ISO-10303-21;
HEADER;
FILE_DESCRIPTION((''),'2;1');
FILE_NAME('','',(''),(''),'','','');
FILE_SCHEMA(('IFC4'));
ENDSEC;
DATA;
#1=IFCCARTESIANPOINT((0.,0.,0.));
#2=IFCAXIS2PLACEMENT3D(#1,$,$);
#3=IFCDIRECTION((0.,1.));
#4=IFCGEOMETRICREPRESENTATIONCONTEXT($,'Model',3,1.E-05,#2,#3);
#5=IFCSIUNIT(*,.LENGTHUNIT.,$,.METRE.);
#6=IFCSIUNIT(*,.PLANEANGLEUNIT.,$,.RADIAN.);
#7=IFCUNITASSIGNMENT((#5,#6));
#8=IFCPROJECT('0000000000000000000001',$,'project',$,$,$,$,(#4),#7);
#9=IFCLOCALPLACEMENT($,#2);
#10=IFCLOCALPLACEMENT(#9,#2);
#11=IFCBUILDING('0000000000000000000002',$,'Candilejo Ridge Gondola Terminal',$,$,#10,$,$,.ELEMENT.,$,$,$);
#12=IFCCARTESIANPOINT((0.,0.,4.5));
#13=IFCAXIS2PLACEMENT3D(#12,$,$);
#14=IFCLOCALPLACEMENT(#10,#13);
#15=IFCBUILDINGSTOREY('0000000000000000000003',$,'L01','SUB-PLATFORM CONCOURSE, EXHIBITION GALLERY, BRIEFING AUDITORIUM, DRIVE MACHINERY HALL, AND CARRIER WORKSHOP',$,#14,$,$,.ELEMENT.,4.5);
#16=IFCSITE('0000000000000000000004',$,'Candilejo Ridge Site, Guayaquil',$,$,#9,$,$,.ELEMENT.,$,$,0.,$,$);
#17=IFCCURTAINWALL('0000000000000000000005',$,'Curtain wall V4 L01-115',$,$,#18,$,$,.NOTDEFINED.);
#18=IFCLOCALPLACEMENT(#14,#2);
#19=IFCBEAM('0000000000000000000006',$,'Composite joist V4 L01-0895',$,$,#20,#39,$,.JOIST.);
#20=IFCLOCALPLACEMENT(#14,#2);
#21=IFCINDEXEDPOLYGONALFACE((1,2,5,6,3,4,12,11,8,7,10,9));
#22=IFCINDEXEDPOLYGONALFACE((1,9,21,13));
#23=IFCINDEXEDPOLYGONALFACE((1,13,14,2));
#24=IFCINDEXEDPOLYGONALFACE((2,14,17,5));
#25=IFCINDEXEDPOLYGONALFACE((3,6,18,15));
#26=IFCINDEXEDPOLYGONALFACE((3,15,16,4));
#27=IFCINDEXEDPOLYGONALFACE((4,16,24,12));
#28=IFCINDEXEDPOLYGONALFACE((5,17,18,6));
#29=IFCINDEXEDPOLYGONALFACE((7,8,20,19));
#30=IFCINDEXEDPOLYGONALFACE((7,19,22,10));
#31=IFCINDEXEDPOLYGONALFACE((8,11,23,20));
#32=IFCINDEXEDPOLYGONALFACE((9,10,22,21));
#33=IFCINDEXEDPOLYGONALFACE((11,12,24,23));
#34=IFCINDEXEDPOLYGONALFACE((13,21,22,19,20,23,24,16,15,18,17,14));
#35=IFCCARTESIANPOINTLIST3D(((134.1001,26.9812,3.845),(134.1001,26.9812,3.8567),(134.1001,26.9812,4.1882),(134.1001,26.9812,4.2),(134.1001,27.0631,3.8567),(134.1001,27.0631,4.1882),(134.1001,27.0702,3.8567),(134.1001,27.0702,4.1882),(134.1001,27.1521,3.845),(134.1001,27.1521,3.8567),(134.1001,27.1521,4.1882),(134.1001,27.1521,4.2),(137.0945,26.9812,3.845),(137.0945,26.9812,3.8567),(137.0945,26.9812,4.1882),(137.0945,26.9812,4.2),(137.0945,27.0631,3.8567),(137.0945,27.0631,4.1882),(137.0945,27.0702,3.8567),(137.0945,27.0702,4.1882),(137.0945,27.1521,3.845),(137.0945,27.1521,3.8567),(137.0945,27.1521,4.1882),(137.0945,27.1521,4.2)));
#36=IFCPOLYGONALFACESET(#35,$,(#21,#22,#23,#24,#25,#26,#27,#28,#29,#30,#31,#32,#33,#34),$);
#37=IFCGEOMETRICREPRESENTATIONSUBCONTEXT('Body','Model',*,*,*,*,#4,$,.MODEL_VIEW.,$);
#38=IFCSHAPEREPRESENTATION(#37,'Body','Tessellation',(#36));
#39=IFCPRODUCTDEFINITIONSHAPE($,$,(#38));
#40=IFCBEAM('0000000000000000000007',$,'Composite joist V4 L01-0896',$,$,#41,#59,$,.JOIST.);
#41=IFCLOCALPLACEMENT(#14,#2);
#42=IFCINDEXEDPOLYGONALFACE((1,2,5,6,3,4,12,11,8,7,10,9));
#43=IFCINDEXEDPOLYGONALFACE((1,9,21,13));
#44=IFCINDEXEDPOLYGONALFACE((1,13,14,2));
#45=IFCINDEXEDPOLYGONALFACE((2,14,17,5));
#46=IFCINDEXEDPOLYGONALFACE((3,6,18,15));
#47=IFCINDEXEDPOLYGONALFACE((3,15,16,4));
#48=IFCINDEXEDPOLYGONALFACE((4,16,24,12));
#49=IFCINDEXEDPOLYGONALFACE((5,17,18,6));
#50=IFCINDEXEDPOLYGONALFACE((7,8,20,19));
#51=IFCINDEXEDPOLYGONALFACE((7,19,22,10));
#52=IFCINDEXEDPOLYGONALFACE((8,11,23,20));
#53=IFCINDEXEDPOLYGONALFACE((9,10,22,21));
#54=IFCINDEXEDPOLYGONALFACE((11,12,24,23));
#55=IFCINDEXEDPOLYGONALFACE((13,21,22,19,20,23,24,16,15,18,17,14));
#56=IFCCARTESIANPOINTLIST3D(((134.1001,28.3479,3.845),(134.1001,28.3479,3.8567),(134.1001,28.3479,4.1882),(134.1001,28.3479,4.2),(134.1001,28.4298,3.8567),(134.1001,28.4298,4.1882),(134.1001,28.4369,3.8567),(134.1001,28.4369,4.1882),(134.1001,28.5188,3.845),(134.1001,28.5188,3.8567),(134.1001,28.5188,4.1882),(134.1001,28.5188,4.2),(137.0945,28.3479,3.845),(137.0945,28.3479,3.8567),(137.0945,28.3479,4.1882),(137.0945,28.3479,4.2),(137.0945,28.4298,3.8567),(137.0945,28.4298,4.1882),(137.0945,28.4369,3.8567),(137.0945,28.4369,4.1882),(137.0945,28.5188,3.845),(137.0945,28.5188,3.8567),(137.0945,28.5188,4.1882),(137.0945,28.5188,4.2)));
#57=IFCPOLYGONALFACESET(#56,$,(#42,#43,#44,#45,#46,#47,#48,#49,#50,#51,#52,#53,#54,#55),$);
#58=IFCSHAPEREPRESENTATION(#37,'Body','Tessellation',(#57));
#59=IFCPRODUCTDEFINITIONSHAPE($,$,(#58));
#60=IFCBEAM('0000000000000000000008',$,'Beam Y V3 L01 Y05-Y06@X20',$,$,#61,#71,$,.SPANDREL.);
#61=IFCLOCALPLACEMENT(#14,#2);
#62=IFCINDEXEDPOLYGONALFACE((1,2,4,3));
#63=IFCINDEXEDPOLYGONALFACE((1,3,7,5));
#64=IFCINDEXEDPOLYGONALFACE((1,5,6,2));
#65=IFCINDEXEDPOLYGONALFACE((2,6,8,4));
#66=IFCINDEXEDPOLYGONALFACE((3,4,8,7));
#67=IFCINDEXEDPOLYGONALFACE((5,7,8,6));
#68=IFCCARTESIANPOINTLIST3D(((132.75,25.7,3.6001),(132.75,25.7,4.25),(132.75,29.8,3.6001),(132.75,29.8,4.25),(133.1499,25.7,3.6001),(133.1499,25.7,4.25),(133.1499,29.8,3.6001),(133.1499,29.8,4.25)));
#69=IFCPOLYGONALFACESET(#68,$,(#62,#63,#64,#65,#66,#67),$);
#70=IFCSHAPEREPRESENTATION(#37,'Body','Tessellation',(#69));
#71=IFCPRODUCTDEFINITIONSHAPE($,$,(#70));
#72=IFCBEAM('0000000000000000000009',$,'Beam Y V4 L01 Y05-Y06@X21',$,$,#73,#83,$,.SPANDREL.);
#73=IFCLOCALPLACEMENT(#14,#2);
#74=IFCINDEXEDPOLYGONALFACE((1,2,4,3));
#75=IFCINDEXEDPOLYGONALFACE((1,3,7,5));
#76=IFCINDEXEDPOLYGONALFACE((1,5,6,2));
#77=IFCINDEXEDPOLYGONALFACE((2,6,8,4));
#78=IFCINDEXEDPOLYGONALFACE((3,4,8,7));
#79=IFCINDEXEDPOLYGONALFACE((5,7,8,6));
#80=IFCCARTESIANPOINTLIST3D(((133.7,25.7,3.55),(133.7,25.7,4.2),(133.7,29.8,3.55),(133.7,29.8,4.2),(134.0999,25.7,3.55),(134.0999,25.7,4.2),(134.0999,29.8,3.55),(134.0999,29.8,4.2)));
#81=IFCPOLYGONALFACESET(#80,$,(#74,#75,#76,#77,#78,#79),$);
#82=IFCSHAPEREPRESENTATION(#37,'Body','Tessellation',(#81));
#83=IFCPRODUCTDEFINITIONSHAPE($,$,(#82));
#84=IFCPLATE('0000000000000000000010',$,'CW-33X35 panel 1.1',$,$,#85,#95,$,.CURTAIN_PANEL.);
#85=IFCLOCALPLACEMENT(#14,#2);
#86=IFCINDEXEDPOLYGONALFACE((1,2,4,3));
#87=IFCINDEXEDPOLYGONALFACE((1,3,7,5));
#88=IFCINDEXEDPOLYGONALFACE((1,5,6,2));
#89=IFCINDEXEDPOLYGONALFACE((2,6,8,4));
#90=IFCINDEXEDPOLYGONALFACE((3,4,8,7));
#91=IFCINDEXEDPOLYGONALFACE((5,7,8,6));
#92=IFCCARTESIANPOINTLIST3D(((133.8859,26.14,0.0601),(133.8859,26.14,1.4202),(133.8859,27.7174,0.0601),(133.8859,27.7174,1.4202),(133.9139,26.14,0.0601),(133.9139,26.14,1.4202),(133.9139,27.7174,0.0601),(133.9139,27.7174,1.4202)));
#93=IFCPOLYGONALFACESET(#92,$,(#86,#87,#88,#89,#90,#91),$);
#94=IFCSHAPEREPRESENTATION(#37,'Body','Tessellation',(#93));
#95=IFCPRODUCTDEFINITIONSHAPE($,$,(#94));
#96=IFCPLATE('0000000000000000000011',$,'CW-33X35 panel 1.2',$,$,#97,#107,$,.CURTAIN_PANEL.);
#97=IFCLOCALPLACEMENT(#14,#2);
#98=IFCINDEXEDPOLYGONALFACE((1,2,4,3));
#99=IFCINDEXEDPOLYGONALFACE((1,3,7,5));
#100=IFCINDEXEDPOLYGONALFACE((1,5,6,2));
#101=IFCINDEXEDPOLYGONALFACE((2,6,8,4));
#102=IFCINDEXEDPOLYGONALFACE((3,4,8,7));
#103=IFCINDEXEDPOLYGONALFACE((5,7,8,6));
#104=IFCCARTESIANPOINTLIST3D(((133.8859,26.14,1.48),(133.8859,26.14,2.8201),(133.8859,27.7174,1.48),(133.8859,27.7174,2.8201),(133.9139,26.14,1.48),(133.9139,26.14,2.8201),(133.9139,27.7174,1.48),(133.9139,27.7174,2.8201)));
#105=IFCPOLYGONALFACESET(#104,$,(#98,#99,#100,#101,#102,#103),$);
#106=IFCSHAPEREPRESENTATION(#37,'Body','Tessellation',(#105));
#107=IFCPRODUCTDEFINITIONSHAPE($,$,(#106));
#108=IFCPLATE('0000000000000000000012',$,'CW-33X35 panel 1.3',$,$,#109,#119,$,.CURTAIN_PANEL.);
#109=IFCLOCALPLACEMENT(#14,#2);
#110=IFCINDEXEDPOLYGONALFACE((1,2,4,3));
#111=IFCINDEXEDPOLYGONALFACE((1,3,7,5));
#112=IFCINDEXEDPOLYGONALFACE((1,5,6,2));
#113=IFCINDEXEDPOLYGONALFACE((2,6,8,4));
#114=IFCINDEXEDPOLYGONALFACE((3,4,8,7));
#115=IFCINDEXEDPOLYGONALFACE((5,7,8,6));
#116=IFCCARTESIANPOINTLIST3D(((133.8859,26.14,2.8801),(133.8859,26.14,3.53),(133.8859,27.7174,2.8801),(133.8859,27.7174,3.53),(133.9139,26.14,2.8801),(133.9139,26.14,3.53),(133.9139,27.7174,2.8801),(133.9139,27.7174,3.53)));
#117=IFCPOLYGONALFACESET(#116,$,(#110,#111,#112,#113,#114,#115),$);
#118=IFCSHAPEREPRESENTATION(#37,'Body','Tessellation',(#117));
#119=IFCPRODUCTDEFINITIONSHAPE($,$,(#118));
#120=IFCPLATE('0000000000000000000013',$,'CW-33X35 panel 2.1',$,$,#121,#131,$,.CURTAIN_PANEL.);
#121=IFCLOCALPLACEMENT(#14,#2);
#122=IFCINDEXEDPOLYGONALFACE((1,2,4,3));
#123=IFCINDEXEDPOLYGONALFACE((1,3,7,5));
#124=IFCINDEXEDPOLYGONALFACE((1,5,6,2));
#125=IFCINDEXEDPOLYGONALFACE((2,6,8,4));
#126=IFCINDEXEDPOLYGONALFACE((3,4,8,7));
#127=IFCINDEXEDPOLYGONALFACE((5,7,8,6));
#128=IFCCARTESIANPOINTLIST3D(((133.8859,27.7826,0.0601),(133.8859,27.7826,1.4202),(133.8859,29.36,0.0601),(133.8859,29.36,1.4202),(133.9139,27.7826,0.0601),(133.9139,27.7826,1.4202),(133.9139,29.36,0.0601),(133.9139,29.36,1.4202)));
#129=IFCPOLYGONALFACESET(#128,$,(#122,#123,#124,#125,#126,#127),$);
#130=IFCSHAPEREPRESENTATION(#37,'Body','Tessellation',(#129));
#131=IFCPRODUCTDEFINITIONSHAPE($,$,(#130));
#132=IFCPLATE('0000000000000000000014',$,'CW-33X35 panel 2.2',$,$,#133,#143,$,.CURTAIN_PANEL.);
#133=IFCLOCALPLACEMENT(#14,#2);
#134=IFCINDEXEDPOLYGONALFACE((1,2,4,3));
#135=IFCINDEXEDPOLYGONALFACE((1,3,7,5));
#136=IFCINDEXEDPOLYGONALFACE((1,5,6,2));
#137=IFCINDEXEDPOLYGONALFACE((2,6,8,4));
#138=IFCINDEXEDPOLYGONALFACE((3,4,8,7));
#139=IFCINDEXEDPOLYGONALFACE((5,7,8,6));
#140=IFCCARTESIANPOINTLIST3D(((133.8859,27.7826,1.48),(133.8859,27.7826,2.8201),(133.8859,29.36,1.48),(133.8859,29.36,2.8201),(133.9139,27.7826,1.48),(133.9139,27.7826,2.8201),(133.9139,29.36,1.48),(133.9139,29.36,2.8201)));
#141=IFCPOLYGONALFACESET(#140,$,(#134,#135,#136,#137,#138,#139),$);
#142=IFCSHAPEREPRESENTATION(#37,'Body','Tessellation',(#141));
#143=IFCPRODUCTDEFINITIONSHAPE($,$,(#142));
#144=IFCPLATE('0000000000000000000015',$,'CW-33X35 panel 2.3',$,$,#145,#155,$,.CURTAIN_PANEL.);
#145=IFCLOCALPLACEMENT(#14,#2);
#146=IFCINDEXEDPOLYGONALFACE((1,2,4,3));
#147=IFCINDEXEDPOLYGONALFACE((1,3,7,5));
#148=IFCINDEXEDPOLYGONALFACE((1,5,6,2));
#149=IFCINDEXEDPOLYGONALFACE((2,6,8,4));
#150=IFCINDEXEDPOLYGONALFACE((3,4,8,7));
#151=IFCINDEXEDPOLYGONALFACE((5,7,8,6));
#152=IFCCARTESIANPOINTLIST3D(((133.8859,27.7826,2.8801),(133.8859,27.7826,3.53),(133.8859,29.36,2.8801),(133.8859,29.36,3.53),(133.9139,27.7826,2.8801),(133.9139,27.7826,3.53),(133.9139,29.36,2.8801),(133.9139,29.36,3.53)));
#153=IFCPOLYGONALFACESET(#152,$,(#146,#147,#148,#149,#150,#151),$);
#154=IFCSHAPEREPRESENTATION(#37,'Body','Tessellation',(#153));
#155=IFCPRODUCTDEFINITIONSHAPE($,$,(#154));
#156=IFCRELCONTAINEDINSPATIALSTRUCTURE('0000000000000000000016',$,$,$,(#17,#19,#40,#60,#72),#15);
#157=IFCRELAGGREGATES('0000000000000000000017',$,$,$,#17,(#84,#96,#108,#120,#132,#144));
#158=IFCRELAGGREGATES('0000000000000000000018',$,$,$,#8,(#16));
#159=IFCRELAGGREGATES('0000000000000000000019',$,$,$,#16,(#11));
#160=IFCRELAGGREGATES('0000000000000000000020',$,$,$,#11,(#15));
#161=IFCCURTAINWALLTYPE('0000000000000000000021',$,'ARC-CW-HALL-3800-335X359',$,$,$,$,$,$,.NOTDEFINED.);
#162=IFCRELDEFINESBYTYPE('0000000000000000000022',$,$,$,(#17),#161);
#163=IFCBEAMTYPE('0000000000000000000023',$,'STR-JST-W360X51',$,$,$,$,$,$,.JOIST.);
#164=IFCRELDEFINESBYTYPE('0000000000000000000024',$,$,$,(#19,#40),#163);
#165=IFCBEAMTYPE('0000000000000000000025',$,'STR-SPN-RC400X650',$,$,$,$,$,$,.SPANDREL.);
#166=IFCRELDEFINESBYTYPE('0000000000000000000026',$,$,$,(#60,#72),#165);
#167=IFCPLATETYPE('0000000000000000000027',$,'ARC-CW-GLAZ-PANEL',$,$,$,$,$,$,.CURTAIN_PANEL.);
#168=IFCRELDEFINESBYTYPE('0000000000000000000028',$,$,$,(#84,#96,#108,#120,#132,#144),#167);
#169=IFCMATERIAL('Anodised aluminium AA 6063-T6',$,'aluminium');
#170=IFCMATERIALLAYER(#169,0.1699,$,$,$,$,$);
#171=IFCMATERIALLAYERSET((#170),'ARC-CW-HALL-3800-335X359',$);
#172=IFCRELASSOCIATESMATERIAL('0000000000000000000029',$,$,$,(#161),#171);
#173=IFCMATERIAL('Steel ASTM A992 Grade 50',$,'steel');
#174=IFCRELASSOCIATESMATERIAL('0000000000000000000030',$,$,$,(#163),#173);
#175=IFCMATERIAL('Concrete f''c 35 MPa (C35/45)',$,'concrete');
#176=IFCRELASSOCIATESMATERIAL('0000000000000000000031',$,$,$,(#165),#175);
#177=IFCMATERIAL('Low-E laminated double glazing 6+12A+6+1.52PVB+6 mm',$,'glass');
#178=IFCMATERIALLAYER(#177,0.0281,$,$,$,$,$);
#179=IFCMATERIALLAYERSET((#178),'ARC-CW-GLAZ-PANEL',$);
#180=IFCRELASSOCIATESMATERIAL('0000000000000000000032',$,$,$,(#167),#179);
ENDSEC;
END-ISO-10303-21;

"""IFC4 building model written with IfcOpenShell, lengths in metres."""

from ifc_helpers import new_model, si_unit, direction, frame, origin, origin_2d, place, context, subcontext, project, spatial, rectangle, i_section, extrude, material, layer, layer_set, material_profile, profile_set, type_object, element, aggregate, save


model = new_model("IFC4")

# Units and contexts
model_context = context("Model", 3, precision=1e-05, world=origin(), true_north=direction((0.0, 1.0)))
body_context = subcontext(model_context, "Body", "Model", "MODEL_VIEW")
ifc_project = project(units=[si_unit("LENGTHUNIT", "METRE"), si_unit("PLANEANGLEUNIT", "RADIAN")], contexts=[model_context])

# Site, building, storey
site_placement = place(None, origin())
site = spatial("IfcSite", under=ifc_project, at=site_placement, Name="Candilejo Ridge Site, Guayaquil", CompositionType="ELEMENT", RefElevation=0.0)
building_placement = place(site_placement, origin())
building = spatial("IfcBuilding", under=site, at=building_placement, Name="Candilejo Ridge Gondola Terminal", CompositionType="ELEMENT")
storey_placement = place(building_placement, frame((0.0, 0.0, 4.5)))
storey = spatial("IfcBuildingStorey", under=building, at=storey_placement, Name="L01", Description="SUB-PLATFORM CONCOURSE, EXHIBITION GALLERY, BRIEFING AUDITORIUM, DRIVE MACHINERY HALL, AND CARRIER WORKSHOP", CompositionType="ELEMENT", Elevation=4.5)

# Curtain wall
ifc_material_1 = material(Name="Anodised aluminium AA 6063-T6", Category="aluminium")
ifc_layer_1 = layer(ifc_material_1, 0.1699)
ifc_layer_set_1 = layer_set([ifc_layer_1], Name="ARC-CW-HALL-3800-335X359")
curtain_wall_type = type_object("IfcCurtainWallType", Name="ARC-CW-HALL-3800-335X359", PredefinedType="NOTDEFINED", material=ifc_layer_set_1)
curtain_wall_placement = place(storey_placement, origin())
curtain_wall = element("IfcCurtainWall", 1, at=curtain_wall_placement, inside=storey, type_object=curtain_wall_type, Name="Curtain wall V4 L01-115", PredefinedType="NOTDEFINED")

# Beams
ifc_material_2 = material(Name="Steel ASTM A992 Grade 50", Category="steel")
ifc_material_profile_1 = material_profile(ifc_material_2, i_section(OverallWidth=0.1709, OverallDepth=0.355, WebThickness=0.0071, FlangeThickness=0.0117, at=origin_2d()))
ifc_profile_set_1 = profile_set([ifc_material_profile_1], Name="Steel ASTM A992 Grade 50")
beam_type_1 = type_object("IfcBeamType", Name="STR-JST-W360X51", PredefinedType="JOIST", material=ifc_profile_set_1)
for number, where, z_axis, x_axis, name in (
    (2, (134.1001, 27.0667, 4.0225), (1.0, 0.0, 0.0), (0.0, 1.0, 0.0), "Composite joist V4 L01-0895"),
    (3, (134.1001, 28.4333, 4.0225), (1.0, 0.0, 0.0), (0.0, 1.0, 0.0), "Composite joist V4 L01-0896"),
):
    element("IfcBeam", number, at=place(storey_placement, frame(where, z_axis=z_axis, x_axis=x_axis)), inside=storey, type_object=beam_type_1, Name=name, PredefinedType="JOIST", context=body_context, shape_type="SweptSolid", body=[
        extrude(i_section(OverallWidth=0.1709, OverallDepth=0.355, WebThickness=0.0071, FlangeThickness=0.0117, at=origin_2d()), origin(), (0.0, 0.0, 1.0), 2.9944),
    ])
ifc_material_3 = material(Name="Concrete f'c 35 MPa (C35/45)", Category="concrete")
ifc_material_profile_2 = material_profile(ifc_material_3, rectangle(XDim=0.3999, YDim=0.6499, at=origin_2d()))
ifc_profile_set_2 = profile_set([ifc_material_profile_2], Name="Concrete f'c 35 MPa (C35/45)")
beam_type_2 = type_object("IfcBeamType", Name="STR-SPN-RC400X650", PredefinedType="SPANDREL", material=ifc_profile_set_2)
for number, where, z_axis, x_axis, name in (
    (4, (132.95, 25.7, 3.925), (0.0, 1.0, 0.0), (-1.0, 0.0, 0.0), "Beam Y V3 L01 Y05-Y06@X20"),
    (5, (133.8999, 25.7, 3.875), (0.0, 1.0, 0.0), (-1.0, 0.0, 0.0), "Beam Y V4 L01 Y05-Y06@X21"),
):
    element("IfcBeam", number, at=place(storey_placement, frame(where, z_axis=z_axis, x_axis=x_axis)), inside=storey, type_object=beam_type_2, Name=name, PredefinedType="SPANDREL", context=body_context, shape_type="SweptSolid", body=[
        extrude(rectangle(XDim=0.3999, YDim=0.6499, at=origin_2d()), origin(), (0.0, 0.0, 1.0), 4.1001),
    ])

# Plates
ifc_material_4 = material(Name="Low-E laminated double glazing 6+12A+6+1.52PVB+6 mm", Category="glass")
ifc_layer_2 = layer(ifc_material_4, 0.0281)
ifc_layer_set_2 = layer_set([ifc_layer_2], Name="ARC-CW-GLAZ-PANEL")
plate_type = type_object("IfcPlateType", Name="ARC-CW-GLAZ-PANEL", PredefinedType="CURTAIN_PANEL", material=ifc_layer_set_2)
plate_1_placement = place(storey_placement, frame((133.8999, 26.9287, 0.0601), z_axis=(0.0, 0.0, 1.0), x_axis=(0.0, 1.0, 0.0)))
plate_1 = element("IfcPlate", 6, at=plate_1_placement, type_object=plate_type, Name="CW-33X35 panel 1.1", PredefinedType="CURTAIN_PANEL", context=body_context, shape_type="SweptSolid", body=[
    extrude(rectangle(XDim=1.5774, YDim=0.0281, at=origin_2d()), origin(), (0.0, 0.0, 1.0), 1.3601),
])
plate_2_placement = place(storey_placement, frame((133.8999, 26.9287, 1.48), z_axis=(0.0, 0.0, 1.0), x_axis=(0.0, 1.0, 0.0)))
plate_2 = element("IfcPlate", 7, at=plate_2_placement, type_object=plate_type, Name="CW-33X35 panel 1.2", PredefinedType="CURTAIN_PANEL", context=body_context, shape_type="SweptSolid", body=[
    extrude(rectangle(XDim=1.5774, YDim=0.0281, at=origin_2d()), origin(), (0.0, 0.0, 1.0), 1.3401),
])
plate_3_placement = place(storey_placement, frame((133.8999, 26.9287, 2.8801), z_axis=(0.0, 0.0, 1.0), x_axis=(0.0, 1.0, 0.0)))
plate_3 = element("IfcPlate", 8, at=plate_3_placement, type_object=plate_type, Name="CW-33X35 panel 1.3", PredefinedType="CURTAIN_PANEL", context=body_context, shape_type="SweptSolid", body=[
    extrude(rectangle(XDim=1.5774, YDim=0.0281, at=origin_2d()), origin(), (0.0, 0.0, 1.0), 0.6499),
])
plate_4_placement = place(storey_placement, frame((133.8999, 28.5713, 0.0601), z_axis=(0.0, 0.0, 1.0), x_axis=(0.0, 1.0, 0.0)))
plate_4 = element("IfcPlate", 9, at=plate_4_placement, type_object=plate_type, Name="CW-33X35 panel 2.1", PredefinedType="CURTAIN_PANEL", context=body_context, shape_type="SweptSolid", body=[
    extrude(rectangle(XDim=1.5774, YDim=0.0281, at=origin_2d()), origin(), (0.0, 0.0, 1.0), 1.3601),
])
plate_5_placement = place(storey_placement, frame((133.8999, 28.5713, 1.48), z_axis=(0.0, 0.0, 1.0), x_axis=(0.0, 1.0, 0.0)))
plate_5 = element("IfcPlate", 10, at=plate_5_placement, type_object=plate_type, Name="CW-33X35 panel 2.2", PredefinedType="CURTAIN_PANEL", context=body_context, shape_type="SweptSolid", body=[
    extrude(rectangle(XDim=1.5774, YDim=0.0281, at=origin_2d()), origin(), (0.0, 0.0, 1.0), 1.3401),
])
plate_6_placement = place(storey_placement, frame((133.8999, 28.5713, 2.8801), z_axis=(0.0, 0.0, 1.0), x_axis=(0.0, 1.0, 0.0)))
plate_6 = element("IfcPlate", 11, at=plate_6_placement, type_object=plate_type, Name="CW-33X35 panel 2.3", PredefinedType="CURTAIN_PANEL", context=body_context, shape_type="SweptSolid", body=[
    extrude(rectangle(XDim=1.5774, YDim=0.0281, at=origin_2d()), origin(), (0.0, 0.0, 1.0), 0.6499),
])
aggregate(curtain_wall, [plate_1, plate_2, plate_3, plate_4, plate_5, plate_6])

save(model, "model.ifc")
